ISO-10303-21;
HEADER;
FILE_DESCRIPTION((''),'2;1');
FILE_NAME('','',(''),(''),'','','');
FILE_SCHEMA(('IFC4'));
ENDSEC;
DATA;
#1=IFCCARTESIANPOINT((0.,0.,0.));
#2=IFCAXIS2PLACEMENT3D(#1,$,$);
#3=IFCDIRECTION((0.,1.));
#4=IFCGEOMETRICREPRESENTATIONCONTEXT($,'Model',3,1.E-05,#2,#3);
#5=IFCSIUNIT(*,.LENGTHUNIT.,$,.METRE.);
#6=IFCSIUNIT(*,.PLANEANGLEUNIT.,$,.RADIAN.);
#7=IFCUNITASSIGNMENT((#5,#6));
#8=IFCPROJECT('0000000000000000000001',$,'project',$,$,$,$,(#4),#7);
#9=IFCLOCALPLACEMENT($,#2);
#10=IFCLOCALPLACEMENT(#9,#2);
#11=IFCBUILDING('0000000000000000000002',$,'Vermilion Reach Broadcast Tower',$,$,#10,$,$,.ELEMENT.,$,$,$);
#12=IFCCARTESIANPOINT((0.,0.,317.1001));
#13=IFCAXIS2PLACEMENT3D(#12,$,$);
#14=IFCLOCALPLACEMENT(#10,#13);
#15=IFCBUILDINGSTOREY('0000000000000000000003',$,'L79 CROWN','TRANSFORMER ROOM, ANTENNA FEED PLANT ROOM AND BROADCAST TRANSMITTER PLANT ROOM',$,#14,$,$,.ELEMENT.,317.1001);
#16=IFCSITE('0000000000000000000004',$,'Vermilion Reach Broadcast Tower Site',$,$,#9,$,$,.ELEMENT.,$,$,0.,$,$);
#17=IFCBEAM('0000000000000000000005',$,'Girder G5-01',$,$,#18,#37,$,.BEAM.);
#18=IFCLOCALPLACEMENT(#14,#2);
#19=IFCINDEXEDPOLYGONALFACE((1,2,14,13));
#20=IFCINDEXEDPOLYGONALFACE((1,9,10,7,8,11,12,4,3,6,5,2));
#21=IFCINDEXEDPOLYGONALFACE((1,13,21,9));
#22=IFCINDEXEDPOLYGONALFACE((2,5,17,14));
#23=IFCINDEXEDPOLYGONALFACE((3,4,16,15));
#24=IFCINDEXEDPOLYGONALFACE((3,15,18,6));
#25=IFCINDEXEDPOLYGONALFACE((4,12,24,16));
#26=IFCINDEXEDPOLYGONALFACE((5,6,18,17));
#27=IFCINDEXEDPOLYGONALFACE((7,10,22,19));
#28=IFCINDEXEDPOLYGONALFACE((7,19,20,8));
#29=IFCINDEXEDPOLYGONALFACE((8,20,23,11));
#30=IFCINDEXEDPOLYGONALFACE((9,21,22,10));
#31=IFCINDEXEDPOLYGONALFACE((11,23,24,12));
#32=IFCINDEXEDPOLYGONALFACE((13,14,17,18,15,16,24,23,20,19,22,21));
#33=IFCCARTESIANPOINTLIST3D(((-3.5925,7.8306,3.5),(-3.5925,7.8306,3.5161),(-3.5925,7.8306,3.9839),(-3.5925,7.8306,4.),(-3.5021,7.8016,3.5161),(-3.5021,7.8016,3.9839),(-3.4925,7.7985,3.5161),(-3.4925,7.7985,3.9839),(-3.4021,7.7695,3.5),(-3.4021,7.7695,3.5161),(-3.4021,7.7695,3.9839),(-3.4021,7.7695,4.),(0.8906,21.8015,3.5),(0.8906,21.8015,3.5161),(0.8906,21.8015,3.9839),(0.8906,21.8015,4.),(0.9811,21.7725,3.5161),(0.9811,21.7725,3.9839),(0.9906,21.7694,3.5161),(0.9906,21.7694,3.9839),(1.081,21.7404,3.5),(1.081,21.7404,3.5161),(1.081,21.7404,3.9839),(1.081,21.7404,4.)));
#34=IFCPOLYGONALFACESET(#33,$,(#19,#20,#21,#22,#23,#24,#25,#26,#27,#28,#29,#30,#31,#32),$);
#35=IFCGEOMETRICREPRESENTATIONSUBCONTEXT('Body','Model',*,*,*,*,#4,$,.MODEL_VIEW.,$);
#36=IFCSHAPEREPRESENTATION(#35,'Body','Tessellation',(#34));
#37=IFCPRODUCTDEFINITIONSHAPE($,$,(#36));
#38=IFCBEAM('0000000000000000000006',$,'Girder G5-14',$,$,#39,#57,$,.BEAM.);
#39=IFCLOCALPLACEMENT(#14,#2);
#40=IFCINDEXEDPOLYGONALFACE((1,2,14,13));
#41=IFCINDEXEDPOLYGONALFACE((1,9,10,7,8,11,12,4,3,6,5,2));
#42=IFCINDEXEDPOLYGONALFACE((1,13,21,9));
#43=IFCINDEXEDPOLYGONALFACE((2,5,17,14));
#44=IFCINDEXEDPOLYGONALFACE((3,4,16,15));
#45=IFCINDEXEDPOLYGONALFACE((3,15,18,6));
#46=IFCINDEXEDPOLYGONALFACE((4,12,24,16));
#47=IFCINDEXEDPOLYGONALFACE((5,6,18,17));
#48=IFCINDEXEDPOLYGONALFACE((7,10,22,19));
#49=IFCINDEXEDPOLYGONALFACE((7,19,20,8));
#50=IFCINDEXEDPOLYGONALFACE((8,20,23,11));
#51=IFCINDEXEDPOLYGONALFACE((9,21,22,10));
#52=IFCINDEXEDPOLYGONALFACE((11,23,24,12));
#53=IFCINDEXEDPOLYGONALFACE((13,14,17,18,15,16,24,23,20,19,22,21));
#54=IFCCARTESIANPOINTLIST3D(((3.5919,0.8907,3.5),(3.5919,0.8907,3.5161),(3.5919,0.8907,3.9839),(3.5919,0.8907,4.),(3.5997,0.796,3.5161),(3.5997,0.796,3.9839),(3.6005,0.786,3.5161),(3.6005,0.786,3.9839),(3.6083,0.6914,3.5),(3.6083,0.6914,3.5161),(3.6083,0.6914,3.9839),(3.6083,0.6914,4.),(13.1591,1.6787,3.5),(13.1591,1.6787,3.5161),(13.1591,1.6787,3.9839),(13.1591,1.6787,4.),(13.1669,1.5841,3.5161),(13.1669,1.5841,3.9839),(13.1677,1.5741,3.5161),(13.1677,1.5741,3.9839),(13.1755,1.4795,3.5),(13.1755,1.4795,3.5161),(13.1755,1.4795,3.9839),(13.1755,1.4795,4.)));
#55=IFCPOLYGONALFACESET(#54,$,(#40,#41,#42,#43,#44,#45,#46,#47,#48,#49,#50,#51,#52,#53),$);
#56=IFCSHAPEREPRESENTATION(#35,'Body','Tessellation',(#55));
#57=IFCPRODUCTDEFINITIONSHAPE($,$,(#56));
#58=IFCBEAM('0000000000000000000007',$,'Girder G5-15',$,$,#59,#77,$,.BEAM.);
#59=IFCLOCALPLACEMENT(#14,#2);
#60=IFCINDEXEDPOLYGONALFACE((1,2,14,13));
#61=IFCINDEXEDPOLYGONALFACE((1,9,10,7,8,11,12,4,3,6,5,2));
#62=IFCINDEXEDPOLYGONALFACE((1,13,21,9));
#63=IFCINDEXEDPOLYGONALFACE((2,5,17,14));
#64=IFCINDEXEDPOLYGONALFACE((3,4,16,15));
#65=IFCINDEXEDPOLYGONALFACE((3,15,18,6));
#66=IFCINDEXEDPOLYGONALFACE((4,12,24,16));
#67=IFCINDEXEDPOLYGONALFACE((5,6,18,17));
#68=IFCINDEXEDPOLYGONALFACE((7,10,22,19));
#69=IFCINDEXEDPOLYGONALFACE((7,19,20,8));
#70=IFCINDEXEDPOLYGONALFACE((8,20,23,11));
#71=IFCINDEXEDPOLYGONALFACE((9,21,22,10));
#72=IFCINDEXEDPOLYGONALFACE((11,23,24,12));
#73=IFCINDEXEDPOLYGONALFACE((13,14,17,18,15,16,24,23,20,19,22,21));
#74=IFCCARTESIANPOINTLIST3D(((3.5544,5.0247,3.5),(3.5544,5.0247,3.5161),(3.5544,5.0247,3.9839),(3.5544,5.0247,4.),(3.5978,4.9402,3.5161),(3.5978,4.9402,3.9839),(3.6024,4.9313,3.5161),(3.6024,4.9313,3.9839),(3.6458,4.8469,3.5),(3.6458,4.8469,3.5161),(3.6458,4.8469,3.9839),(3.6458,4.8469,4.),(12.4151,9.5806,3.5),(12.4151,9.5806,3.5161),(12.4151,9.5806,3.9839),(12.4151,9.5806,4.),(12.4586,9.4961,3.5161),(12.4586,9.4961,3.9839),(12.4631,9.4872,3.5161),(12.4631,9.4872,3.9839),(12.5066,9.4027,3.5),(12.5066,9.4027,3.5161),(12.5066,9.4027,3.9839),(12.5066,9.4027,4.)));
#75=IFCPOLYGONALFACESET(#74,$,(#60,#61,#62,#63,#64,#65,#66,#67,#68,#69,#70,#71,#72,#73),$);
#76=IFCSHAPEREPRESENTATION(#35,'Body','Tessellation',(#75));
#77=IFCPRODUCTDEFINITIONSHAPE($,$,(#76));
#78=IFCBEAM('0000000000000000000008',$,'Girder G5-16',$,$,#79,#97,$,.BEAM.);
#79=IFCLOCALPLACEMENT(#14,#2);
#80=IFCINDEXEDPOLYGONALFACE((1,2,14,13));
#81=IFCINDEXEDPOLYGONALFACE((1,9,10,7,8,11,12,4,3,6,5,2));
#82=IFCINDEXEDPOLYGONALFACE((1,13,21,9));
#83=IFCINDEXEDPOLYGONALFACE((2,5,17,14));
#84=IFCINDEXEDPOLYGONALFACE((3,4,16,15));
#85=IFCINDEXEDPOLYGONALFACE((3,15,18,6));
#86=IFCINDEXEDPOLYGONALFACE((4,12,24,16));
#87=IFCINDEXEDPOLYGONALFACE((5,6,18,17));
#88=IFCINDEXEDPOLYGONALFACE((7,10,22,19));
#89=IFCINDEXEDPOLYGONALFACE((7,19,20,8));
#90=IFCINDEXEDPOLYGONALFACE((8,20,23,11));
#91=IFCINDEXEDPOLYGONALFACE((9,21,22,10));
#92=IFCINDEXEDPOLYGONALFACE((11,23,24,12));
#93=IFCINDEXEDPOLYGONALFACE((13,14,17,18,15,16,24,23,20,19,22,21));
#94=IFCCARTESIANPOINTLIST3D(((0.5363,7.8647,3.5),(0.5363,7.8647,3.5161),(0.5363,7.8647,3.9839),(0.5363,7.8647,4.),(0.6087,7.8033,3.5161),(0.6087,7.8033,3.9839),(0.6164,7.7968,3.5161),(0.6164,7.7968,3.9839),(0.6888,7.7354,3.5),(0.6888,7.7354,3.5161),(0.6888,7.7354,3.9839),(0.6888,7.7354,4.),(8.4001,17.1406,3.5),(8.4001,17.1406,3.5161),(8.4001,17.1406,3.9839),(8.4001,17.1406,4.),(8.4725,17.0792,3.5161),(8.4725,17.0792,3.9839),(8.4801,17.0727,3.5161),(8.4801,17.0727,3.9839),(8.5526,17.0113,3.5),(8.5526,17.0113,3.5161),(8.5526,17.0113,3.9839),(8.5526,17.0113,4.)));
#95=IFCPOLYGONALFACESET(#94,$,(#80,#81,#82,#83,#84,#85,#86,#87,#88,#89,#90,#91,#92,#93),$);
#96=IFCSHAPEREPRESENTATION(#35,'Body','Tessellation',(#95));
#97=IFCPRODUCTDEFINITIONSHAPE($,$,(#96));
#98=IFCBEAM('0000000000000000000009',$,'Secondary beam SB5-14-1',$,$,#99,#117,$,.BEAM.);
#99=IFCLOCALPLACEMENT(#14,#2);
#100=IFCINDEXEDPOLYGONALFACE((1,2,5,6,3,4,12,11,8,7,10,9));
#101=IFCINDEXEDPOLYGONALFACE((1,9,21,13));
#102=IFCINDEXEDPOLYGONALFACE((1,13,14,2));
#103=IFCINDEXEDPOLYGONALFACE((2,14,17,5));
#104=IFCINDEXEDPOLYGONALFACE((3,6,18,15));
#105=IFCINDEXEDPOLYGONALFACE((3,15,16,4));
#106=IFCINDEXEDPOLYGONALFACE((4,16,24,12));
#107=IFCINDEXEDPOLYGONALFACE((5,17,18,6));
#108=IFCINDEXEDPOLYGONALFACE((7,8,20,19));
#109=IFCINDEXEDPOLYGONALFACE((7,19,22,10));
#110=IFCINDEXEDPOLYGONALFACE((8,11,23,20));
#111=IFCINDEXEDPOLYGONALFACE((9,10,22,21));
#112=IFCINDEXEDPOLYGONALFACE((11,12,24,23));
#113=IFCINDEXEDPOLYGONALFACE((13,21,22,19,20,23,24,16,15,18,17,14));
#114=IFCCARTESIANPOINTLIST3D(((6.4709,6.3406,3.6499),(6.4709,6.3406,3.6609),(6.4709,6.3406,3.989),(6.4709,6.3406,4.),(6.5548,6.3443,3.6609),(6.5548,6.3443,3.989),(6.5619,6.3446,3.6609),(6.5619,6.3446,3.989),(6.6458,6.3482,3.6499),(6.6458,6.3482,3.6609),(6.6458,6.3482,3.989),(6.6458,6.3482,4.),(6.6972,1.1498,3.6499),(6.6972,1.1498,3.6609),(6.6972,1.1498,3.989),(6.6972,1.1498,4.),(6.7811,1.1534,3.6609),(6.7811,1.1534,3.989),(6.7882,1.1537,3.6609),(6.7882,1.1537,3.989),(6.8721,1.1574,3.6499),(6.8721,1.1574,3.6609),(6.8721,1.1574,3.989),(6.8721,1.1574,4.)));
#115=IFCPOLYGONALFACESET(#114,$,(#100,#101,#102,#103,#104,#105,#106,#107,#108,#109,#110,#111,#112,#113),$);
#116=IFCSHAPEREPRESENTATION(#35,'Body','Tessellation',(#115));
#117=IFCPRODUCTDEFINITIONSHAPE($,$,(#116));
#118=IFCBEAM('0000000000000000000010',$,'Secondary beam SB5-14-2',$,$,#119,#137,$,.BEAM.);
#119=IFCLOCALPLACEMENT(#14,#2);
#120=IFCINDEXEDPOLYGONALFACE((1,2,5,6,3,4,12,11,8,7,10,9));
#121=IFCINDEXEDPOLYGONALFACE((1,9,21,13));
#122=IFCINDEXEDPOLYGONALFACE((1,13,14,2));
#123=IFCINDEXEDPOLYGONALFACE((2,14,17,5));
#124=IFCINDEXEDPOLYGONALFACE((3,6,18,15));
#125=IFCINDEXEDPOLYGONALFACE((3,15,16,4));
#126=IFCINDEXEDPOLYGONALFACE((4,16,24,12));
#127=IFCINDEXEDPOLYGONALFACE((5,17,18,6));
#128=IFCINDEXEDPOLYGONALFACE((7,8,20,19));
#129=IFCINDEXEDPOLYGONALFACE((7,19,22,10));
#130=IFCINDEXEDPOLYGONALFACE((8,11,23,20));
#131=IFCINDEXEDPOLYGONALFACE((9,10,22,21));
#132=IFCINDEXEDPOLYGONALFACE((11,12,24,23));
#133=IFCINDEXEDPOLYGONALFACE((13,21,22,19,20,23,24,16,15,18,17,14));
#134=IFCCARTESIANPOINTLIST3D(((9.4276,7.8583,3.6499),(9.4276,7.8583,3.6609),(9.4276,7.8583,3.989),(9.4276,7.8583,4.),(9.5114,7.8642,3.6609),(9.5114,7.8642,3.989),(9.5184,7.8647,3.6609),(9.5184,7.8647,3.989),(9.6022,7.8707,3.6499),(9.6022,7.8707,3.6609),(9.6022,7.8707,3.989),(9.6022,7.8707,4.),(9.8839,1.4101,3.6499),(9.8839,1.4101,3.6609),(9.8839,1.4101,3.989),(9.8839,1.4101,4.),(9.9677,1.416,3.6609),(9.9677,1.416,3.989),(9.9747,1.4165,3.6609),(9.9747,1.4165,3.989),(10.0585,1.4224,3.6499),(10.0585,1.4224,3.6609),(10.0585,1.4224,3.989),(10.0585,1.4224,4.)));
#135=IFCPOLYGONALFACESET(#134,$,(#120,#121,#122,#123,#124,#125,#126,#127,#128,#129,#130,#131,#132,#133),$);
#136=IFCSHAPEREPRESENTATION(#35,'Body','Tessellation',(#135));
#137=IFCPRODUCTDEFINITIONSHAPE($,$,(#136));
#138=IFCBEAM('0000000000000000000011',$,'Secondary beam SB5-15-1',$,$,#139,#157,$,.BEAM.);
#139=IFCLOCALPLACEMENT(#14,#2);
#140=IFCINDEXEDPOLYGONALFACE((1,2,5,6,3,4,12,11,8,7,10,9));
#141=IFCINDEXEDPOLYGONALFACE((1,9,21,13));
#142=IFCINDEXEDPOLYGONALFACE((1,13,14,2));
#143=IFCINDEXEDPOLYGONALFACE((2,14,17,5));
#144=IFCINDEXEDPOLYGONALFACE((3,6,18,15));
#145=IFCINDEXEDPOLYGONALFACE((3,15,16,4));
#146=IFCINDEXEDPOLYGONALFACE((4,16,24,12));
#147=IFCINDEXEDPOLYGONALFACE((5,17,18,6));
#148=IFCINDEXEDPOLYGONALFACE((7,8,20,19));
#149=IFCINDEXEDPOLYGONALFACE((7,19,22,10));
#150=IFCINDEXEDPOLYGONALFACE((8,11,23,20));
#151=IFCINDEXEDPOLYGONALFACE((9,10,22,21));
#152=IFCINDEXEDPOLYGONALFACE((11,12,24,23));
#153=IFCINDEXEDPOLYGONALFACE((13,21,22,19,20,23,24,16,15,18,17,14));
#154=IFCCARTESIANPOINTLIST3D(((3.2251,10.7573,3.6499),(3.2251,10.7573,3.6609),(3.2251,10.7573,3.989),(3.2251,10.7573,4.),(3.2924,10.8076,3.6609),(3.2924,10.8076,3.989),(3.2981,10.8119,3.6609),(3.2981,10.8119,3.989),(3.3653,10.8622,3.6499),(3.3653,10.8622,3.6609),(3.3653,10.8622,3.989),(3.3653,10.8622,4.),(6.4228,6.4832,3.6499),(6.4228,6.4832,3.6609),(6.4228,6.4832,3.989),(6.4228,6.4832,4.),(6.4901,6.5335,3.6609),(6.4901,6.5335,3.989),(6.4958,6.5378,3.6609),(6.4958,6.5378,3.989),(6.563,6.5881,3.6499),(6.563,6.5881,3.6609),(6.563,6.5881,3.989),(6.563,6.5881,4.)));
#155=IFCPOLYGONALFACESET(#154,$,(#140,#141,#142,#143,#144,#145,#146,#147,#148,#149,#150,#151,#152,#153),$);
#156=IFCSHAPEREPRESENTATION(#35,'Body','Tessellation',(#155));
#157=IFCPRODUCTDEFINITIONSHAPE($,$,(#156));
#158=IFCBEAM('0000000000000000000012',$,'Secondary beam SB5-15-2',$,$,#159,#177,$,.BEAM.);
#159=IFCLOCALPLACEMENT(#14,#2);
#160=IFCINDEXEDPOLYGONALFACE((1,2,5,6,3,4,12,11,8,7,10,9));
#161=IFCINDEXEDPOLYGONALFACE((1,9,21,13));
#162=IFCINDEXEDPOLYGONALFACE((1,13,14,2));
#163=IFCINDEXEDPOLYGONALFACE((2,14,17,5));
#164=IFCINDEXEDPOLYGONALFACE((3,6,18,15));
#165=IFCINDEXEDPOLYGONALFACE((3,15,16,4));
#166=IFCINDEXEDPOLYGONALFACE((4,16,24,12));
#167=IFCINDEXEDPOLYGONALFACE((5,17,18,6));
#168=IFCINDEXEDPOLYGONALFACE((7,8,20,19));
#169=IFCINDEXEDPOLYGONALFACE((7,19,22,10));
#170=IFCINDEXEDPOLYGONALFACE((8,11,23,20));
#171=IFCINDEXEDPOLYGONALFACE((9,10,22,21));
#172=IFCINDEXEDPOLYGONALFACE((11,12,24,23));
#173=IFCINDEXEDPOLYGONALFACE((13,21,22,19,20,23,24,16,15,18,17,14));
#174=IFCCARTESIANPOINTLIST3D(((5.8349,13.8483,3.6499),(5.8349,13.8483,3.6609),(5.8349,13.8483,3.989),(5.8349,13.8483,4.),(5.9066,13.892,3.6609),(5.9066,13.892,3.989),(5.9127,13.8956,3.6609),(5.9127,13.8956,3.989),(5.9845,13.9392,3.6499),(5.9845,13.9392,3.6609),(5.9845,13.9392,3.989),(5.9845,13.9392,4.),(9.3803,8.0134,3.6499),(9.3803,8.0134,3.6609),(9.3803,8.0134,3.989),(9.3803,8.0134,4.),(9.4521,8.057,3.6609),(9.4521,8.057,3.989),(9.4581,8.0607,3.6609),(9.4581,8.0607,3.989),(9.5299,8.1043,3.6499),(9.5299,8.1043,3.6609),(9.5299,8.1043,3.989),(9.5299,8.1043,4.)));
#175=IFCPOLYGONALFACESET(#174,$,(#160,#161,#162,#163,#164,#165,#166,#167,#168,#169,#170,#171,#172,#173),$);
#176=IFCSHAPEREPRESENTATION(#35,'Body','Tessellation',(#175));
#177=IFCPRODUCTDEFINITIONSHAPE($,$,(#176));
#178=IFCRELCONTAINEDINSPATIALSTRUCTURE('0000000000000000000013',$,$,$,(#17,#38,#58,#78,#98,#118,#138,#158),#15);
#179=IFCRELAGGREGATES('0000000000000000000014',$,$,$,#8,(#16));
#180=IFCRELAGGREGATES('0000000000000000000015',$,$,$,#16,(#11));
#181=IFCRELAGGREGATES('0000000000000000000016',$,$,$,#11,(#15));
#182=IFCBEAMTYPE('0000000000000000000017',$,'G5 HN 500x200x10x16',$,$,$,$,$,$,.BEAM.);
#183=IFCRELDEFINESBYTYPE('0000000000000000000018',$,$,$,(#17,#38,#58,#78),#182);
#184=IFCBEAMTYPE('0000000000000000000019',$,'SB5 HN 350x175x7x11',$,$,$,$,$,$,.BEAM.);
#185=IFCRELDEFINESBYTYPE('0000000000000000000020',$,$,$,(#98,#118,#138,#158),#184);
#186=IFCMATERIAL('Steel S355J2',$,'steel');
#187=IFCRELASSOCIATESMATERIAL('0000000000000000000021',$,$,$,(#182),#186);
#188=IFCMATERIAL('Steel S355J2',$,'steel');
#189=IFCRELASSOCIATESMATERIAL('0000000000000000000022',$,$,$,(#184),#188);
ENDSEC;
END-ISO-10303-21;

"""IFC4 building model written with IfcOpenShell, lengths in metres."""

from ifc_helpers import new_model, si_unit, direction, frame, origin, origin_2d, place, context, subcontext, project, spatial, i_section, extrude, material, material_profile, profile_set, type_object, element, save


model = new_model("IFC4")

# Units and contexts
model_context = context("Model", 3, precision=1e-05, world=origin(), true_north=direction((0.0, 1.0)))
body_context = subcontext(model_context, "Body", "Model", "MODEL_VIEW")
ifc_project = project(units=[si_unit("LENGTHUNIT", "METRE"), si_unit("PLANEANGLEUNIT", "RADIAN")], contexts=[model_context])

# Site, building, storey
site_placement = place(None, origin())
site = spatial("IfcSite", under=ifc_project, at=site_placement, Name="Vermilion Reach Broadcast Tower Site", CompositionType="ELEMENT", RefElevation=0.0)
building_placement = place(site_placement, origin())
building = spatial("IfcBuilding", under=site, at=building_placement, Name="Vermilion Reach Broadcast Tower", CompositionType="ELEMENT")
storey_placement = place(building_placement, frame((0.0, 0.0, 317.1001)))
storey = spatial("IfcBuildingStorey", under=building, at=storey_placement, Name="L79 CROWN", Description="TRANSFORMER ROOM, ANTENNA FEED PLANT ROOM AND BROADCAST TRANSMITTER PLANT ROOM", CompositionType="ELEMENT", Elevation=317.1001)

# Beams
ifc_material_1 = material(Name="Steel S355J2", Category="steel")
ifc_material_profile_1 = material_profile(ifc_material_1, i_section(OverallWidth=0.2, OverallDepth=0.5, WebThickness=0.01, FlangeThickness=0.0161, at=origin_2d()), Name="S355J2 HN 500x200x10x16")
ifc_profile_set_1 = profile_set([ifc_material_profile_1], Name="Steel S355J2")
beam_type_1 = type_object("IfcBeamType", Name="G5 HN 500x200x10x16", PredefinedType="BEAM", material=ifc_profile_set_1)
beam_1_placement = place(storey_placement, frame((-3.4973, 7.8, 3.75), z_axis=(0.305545, 0.952178, 0.0), x_axis=(-0.952178, 0.305545, 0.0)))
element("IfcBeam", 1, at=beam_1_placement, inside=storey, type_object=beam_type_1, Name="Girder G5-01", PredefinedType="BEAM", context=body_context, shape_type="SweptSolid", body=[
    extrude(i_section(OverallWidth=0.2, OverallDepth=0.5, WebThickness=0.01, FlangeThickness=0.0161, at=origin_2d()), origin(), (0.0, 0.0, 1.0), 14.6726),
])
beam_2_placement = place(storey_placement, frame((3.6001, 0.791, 3.75), z_axis=(0.996624, 0.082096, 0.0), x_axis=(-0.082096, 0.996624, 0.0)))
element("IfcBeam", 2, at=beam_2_placement, inside=storey, type_object=beam_type_1, Name="Girder G5-14", PredefinedType="BEAM", context=body_context, shape_type="SweptSolid", body=[
    extrude(i_section(OverallWidth=0.2, OverallDepth=0.5, WebThickness=0.01, FlangeThickness=0.0161, at=origin_2d()), origin(), (0.0, 0.0, 1.0), 9.5996),
])
beam_3_placement = place(storey_placement, frame((3.6001, 4.9358, 3.75), z_axis=(0.889333, 0.457261, 0.0), x_axis=(-0.457261, 0.889333, 0.0)))
element("IfcBeam", 3, at=beam_3_placement, inside=storey, type_object=beam_type_1, Name="Girder G5-15", PredefinedType="BEAM", context=body_context, shape_type="SweptSolid", body=[
    extrude(i_section(OverallWidth=0.2, OverallDepth=0.5, WebThickness=0.01, FlangeThickness=0.0161, at=origin_2d()), origin(), (0.0, 0.0, 1.0), 9.9634),
])
beam_4_placement = place(storey_placement, frame((0.6125, 7.8, 3.75), z_axis=(0.646658, 0.76278, 0.0), x_axis=(-0.76278, 0.646658, 0.0)))
element("IfcBeam", 4, at=beam_4_placement, inside=storey, type_object=beam_type_1, Name="Girder G5-16", PredefinedType="BEAM", context=body_context, shape_type="SweptSolid", body=[
    extrude(i_section(OverallWidth=0.2, OverallDepth=0.5, WebThickness=0.01, FlangeThickness=0.0161, at=origin_2d()), origin(), (0.0, 0.0, 1.0), 12.1606),
])
ifc_material_2 = material(Name="Steel S355J2", Category="steel")
ifc_material_profile_2 = material_profile(ifc_material_2, i_section(OverallWidth=0.175, OverallDepth=0.3501, WebThickness=0.0071, FlangeThickness=0.011, at=origin_2d()), Name="S355J2 HN 350x175x7x11")
ifc_profile_set_2 = profile_set([ifc_material_profile_2], Name="Steel S355J2")
beam_type_2 = type_object("IfcBeamType", Name="SB5 HN 350x175x7x11", PredefinedType="BEAM", material=ifc_profile_set_2)
beam_5_placement = place(storey_placement, frame((6.7847, 1.1536, 3.825), z_axis=(-0.043558, 0.999051, 0.0), x_axis=(-0.999051, -0.043558, 0.0)))
element("IfcBeam", 5, at=beam_5_placement, inside=storey, type_object=beam_type_2, Name="Secondary beam SB5-14-1", PredefinedType="BEAM", context=body_context, shape_type="SweptSolid", body=[
    extrude(i_section(OverallWidth=0.175, OverallDepth=0.3501, WebThickness=0.0071, FlangeThickness=0.011, at=origin_2d()), origin(), (0.0, 0.0, 1.0), 5.1958),
])
beam_6_placement = place(storey_placement, frame((9.9712, 1.4163, 3.825), z_axis=(-0.070587, 0.997506, 0.0), x_axis=(-0.997506, -0.070587, 0.0)))
element("IfcBeam", 6, at=beam_6_placement, inside=storey, type_object=beam_type_2, Name="Secondary beam SB5-14-2", PredefinedType="BEAM", context=body_context, shape_type="SweptSolid", body=[
    extrude(i_section(OverallWidth=0.175, OverallDepth=0.3501, WebThickness=0.0071, FlangeThickness=0.011, at=origin_2d()), origin(), (0.0, 0.0, 1.0), 6.4644),
])
beam_7_placement = place(storey_placement, frame((6.4929, 6.5356, 3.825), z_axis=(-0.599056, 0.800707, 0.0), x_axis=(-0.800707, -0.599056, 0.0)))
element("IfcBeam", 7, at=beam_7_placement, inside=storey, type_object=beam_type_2, Name="Secondary beam SB5-15-1", PredefinedType="BEAM", context=body_context, shape_type="SweptSolid", body=[
    extrude(i_section(OverallWidth=0.175, OverallDepth=0.3501, WebThickness=0.0071, FlangeThickness=0.011, at=origin_2d()), origin(), (0.0, 0.0, 1.0), 5.3379),
])
beam_8_placement = place(storey_placement, frame((9.4551, 8.0588, 3.825), z_axis=(-0.519273, 0.854608, 0.0), x_axis=(-0.854608, -0.519273, 0.0)))
element("IfcBeam", 8, at=beam_8_placement, inside=storey, type_object=beam_type_2, Name="Secondary beam SB5-15-2", PredefinedType="BEAM", context=body_context, shape_type="SweptSolid", body=[
    extrude(i_section(OverallWidth=0.175, OverallDepth=0.3501, WebThickness=0.0071, FlangeThickness=0.011, at=origin_2d()), origin(), (0.0, 0.0, 1.0), 6.8276),
])

save(model, "model.ifc")
